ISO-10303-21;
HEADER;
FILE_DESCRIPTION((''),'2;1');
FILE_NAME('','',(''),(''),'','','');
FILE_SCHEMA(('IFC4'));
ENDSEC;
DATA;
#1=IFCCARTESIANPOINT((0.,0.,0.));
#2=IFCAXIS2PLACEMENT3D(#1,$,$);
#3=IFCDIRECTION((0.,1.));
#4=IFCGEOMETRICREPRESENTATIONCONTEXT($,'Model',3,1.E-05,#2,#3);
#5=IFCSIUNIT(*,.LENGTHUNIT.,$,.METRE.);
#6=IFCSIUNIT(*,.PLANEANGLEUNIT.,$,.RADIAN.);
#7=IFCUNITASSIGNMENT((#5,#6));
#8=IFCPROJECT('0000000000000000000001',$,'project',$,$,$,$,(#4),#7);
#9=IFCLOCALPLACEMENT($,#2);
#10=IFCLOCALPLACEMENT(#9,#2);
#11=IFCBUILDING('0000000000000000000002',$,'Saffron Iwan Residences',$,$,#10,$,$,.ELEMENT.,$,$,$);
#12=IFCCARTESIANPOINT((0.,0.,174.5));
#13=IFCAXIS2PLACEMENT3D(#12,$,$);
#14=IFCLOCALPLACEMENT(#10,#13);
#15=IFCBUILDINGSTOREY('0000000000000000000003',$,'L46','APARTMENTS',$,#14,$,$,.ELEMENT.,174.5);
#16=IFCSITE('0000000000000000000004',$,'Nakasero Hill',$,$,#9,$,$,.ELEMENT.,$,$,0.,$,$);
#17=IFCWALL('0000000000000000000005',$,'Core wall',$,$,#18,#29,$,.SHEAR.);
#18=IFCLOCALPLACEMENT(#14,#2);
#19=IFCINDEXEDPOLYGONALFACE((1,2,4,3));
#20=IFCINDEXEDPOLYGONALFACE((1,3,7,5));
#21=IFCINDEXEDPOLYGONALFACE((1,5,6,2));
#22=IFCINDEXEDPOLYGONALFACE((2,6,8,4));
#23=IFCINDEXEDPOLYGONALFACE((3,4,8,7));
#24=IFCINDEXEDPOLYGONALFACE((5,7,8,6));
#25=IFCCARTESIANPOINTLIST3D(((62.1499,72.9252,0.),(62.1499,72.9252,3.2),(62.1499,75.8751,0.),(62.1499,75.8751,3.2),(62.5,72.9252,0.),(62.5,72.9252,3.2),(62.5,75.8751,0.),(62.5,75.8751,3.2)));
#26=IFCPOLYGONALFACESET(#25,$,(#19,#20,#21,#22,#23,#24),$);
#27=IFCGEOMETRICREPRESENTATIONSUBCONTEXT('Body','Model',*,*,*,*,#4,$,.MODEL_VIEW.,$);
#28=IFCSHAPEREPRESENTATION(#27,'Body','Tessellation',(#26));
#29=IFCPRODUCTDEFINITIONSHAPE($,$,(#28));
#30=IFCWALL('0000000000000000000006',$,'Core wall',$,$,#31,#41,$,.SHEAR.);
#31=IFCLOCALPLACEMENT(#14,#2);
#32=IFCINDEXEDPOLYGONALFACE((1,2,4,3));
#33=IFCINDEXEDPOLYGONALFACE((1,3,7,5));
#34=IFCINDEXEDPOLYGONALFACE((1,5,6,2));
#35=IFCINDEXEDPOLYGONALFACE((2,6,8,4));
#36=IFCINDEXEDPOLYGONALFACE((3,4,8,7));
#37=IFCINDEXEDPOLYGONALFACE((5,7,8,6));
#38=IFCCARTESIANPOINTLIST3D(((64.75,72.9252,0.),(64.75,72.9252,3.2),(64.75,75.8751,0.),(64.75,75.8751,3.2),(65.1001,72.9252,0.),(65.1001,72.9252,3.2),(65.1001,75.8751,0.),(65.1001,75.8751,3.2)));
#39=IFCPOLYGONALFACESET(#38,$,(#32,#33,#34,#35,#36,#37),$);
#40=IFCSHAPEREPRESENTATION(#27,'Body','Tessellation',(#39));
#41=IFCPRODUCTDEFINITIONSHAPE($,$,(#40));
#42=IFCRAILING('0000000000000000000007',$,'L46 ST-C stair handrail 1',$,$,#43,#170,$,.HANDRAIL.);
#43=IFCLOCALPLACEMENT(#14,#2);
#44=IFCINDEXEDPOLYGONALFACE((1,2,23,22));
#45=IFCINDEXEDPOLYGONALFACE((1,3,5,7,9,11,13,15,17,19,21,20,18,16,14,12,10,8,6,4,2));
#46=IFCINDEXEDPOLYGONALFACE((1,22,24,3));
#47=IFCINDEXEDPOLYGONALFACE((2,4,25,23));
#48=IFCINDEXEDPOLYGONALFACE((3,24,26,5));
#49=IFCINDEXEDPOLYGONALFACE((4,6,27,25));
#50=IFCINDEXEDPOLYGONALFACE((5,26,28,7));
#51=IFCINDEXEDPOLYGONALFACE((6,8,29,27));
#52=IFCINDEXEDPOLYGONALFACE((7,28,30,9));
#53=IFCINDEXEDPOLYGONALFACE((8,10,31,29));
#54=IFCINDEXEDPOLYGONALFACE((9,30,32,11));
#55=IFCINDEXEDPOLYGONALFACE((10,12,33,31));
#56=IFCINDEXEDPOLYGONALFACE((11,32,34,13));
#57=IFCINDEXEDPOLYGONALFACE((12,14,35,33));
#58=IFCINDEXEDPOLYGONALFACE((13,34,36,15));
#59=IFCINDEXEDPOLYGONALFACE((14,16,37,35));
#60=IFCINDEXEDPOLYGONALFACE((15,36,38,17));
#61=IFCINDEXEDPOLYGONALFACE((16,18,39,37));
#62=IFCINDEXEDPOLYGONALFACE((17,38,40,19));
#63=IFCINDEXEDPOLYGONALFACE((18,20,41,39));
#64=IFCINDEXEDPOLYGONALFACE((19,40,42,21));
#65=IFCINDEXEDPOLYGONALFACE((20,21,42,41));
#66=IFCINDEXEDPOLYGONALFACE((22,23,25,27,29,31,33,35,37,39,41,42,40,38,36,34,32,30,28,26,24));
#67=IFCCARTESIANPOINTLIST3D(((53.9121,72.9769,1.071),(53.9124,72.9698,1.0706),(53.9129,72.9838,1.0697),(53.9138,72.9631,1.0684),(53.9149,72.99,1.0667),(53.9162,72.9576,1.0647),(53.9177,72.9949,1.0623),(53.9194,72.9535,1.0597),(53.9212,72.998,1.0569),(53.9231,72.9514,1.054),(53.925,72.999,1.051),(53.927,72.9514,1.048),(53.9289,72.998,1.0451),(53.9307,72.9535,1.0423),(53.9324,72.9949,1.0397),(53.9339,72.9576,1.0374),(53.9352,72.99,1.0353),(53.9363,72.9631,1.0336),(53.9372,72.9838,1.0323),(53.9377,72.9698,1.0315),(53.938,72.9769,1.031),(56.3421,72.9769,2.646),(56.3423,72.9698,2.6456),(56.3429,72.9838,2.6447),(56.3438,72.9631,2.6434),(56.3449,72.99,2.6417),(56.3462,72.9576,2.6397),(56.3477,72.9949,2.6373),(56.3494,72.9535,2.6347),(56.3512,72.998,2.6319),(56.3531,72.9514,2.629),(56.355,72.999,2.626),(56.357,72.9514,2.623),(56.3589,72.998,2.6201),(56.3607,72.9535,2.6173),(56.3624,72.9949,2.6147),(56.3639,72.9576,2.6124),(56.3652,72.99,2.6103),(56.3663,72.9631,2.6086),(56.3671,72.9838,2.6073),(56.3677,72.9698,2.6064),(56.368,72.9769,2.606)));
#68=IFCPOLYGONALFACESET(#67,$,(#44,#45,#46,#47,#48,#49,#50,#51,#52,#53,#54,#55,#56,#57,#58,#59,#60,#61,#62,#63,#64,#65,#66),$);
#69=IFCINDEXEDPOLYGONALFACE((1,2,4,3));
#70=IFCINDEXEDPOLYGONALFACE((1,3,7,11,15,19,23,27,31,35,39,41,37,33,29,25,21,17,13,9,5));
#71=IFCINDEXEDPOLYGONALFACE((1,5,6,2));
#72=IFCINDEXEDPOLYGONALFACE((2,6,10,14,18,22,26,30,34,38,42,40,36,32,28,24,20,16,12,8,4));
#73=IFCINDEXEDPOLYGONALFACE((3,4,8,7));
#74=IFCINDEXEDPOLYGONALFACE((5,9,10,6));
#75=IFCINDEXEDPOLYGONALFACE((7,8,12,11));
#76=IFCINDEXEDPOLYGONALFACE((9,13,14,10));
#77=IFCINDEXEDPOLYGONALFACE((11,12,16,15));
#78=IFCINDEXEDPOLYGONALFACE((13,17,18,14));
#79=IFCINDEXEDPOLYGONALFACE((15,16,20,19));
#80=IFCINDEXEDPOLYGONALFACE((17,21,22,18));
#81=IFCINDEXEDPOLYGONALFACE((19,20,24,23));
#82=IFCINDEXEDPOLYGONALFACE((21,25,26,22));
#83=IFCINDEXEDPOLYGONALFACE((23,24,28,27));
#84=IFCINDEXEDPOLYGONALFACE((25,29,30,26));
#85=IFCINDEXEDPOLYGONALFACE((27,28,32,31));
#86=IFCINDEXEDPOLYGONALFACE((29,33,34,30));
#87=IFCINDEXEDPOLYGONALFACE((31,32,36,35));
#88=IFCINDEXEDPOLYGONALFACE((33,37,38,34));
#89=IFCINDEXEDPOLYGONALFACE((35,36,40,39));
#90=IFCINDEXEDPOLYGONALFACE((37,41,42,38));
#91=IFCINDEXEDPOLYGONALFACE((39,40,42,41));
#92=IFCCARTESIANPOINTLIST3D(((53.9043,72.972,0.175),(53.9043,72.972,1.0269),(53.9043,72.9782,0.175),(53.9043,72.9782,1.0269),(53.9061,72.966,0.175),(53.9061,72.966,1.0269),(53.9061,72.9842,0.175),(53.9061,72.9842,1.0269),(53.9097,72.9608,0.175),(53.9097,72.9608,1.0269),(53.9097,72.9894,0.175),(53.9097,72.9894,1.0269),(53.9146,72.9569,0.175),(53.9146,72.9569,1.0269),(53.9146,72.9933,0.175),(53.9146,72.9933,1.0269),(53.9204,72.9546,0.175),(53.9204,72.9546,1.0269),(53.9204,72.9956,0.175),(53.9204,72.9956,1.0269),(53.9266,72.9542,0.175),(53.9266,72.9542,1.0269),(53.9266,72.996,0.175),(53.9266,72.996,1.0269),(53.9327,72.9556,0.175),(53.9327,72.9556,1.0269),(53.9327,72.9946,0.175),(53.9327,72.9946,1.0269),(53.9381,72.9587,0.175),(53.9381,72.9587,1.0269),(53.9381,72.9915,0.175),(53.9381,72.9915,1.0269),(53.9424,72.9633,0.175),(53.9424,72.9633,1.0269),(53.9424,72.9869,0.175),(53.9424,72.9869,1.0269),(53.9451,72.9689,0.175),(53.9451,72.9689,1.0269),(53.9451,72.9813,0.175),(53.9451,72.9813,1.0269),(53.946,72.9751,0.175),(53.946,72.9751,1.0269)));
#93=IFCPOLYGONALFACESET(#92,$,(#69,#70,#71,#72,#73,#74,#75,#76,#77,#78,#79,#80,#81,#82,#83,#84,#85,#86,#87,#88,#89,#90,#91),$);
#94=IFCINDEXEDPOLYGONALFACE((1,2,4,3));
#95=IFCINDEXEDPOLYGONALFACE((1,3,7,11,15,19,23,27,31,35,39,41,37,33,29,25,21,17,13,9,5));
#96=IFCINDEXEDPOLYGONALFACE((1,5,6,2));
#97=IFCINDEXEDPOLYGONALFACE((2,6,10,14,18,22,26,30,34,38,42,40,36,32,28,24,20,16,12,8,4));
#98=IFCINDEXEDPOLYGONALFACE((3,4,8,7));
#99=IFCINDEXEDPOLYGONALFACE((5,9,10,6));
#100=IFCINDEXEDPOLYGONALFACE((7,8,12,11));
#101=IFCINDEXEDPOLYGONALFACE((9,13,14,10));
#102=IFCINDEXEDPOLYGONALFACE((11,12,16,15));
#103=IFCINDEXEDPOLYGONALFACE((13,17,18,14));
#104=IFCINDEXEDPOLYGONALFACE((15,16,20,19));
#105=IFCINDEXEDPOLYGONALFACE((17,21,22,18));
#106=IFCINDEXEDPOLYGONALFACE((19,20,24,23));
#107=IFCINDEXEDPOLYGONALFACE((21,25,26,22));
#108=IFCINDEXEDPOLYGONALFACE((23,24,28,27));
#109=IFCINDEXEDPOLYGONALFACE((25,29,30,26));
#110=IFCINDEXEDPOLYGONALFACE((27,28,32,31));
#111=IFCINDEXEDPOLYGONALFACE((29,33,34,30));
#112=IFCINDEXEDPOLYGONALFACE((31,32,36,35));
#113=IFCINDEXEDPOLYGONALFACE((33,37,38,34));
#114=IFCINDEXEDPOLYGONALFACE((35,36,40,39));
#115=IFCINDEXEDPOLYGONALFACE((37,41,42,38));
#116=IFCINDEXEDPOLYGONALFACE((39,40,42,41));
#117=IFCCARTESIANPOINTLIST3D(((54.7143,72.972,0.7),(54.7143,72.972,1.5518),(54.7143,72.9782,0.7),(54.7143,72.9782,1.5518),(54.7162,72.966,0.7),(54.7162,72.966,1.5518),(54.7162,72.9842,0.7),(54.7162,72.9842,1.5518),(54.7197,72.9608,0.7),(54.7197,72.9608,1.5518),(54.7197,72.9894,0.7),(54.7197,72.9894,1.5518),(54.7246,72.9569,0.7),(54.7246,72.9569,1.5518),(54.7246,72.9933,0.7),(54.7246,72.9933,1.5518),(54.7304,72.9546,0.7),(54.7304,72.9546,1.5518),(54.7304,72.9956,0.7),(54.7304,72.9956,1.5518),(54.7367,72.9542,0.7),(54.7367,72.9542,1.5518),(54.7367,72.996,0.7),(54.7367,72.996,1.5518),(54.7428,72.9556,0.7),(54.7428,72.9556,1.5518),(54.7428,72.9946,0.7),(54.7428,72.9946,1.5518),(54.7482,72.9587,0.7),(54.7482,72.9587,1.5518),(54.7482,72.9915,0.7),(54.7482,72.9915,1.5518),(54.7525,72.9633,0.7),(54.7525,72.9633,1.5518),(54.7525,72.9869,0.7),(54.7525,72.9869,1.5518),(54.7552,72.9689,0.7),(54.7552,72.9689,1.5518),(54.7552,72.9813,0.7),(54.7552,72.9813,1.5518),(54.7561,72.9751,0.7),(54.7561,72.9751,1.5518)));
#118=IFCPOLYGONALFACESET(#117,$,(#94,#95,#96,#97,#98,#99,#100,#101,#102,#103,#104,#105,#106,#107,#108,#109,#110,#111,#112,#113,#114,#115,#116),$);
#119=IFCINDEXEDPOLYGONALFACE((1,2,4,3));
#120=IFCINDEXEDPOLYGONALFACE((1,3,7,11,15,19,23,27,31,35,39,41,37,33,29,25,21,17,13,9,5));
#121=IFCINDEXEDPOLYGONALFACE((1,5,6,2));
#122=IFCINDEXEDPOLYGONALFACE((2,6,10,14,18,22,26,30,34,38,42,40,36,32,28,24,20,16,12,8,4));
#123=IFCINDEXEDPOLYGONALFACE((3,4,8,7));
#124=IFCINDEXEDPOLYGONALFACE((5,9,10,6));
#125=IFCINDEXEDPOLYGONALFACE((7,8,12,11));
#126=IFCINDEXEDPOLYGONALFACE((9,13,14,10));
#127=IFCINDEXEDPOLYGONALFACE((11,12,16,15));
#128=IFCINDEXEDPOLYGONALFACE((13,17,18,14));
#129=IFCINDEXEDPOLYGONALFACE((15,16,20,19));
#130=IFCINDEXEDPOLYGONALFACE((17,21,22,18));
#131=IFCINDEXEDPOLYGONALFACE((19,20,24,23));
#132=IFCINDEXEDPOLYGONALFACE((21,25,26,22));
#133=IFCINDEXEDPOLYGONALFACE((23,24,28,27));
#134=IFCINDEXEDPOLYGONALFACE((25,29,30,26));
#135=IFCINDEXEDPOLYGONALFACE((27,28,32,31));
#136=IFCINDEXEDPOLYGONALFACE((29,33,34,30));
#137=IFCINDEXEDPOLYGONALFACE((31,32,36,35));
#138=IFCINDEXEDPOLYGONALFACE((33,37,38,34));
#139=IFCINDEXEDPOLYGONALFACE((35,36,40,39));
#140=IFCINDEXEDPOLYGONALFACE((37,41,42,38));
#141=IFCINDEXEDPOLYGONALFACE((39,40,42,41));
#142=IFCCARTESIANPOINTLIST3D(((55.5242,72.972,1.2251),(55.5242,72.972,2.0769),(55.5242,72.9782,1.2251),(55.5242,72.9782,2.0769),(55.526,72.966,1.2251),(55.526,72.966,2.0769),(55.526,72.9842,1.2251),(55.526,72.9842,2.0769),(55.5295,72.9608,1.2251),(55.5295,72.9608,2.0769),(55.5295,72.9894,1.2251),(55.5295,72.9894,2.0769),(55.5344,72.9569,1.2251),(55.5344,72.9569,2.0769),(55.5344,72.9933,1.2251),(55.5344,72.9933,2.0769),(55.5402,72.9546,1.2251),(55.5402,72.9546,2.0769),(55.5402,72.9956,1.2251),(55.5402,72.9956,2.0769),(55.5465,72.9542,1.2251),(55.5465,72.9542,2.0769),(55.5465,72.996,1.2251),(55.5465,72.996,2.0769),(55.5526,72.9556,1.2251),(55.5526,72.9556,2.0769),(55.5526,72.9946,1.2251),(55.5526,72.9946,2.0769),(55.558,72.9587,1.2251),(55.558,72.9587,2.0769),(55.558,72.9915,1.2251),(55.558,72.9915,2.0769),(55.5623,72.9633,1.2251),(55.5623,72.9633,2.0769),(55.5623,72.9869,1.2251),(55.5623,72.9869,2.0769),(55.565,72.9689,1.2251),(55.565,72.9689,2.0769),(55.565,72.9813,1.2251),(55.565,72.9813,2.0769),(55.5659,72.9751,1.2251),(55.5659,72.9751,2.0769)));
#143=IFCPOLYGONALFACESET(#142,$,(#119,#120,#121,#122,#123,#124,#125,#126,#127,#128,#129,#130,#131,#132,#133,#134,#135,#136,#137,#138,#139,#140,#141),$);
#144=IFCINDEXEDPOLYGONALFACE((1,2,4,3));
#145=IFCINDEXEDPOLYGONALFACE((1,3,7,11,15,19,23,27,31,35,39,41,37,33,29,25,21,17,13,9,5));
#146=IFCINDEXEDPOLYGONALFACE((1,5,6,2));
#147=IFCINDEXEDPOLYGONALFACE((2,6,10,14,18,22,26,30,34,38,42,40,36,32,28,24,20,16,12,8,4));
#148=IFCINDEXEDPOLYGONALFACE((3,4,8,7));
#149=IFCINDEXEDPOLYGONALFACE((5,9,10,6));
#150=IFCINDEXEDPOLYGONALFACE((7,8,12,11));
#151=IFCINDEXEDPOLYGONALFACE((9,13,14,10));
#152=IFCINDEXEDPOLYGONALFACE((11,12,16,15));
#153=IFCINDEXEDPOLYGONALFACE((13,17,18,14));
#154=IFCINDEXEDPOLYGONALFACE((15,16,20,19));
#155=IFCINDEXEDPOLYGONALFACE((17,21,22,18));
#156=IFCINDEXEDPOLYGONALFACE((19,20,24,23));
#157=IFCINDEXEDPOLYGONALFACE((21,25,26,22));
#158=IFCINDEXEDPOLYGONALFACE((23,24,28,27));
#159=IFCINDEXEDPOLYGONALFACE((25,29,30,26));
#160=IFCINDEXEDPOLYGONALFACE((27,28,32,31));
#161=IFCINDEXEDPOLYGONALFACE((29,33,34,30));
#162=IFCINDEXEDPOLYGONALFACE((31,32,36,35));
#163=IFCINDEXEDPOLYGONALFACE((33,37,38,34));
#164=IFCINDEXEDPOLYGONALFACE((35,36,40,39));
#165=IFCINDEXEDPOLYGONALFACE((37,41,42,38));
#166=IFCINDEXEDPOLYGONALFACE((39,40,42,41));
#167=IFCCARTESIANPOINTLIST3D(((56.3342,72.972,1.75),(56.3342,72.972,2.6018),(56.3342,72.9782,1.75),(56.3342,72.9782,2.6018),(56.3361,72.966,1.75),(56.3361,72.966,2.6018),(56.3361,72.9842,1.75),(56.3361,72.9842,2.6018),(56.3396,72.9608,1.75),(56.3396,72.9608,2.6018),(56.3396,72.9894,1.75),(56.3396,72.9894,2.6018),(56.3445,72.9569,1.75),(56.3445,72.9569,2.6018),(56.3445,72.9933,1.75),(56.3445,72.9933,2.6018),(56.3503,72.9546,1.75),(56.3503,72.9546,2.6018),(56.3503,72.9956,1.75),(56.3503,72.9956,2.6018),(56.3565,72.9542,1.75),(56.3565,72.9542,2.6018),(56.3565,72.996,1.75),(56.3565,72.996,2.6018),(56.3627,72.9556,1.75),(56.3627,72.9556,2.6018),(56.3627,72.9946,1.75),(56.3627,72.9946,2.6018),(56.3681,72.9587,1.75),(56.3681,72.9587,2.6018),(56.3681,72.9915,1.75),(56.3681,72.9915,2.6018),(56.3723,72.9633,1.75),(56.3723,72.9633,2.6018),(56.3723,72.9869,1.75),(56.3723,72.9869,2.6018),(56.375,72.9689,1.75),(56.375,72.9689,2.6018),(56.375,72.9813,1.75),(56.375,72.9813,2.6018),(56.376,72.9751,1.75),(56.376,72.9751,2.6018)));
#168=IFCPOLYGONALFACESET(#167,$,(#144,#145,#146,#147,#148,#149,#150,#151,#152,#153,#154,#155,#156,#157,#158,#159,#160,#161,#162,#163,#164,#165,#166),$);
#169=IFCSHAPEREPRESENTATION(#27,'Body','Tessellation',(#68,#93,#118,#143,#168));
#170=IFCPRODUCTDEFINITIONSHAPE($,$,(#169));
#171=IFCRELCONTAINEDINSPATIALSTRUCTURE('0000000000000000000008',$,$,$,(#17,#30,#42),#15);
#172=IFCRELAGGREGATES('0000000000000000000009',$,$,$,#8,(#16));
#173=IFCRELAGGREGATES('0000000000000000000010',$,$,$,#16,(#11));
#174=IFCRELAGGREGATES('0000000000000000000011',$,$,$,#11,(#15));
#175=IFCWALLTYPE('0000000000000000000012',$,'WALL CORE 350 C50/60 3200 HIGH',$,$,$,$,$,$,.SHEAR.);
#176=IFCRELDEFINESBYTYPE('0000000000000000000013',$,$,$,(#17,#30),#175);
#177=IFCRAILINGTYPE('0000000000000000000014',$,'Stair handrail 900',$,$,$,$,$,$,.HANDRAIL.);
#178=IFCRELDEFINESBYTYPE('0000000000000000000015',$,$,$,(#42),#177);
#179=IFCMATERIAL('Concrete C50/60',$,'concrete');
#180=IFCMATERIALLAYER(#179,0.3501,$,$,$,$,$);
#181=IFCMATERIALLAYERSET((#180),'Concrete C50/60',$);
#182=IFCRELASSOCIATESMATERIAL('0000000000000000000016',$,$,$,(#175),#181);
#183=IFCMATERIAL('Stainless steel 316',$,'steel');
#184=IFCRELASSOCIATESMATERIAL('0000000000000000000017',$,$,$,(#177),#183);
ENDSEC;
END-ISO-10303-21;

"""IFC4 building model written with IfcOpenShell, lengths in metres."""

from ifc_helpers import new_model, si_unit, direction, frame, frame_2d, origin, origin_2d, place, context, subcontext, project, spatial, rectangle, circle, extrude, material, layer, layer_set, type_object, element, save


model = new_model("IFC4")

# Units and contexts
model_context = context("Model", 3, precision=1e-05, world=origin(), true_north=direction((0.0, 1.0)))
body_context = subcontext(model_context, "Body", "Model", "MODEL_VIEW")
ifc_project = project(units=[si_unit("LENGTHUNIT", "METRE"), si_unit("PLANEANGLEUNIT", "RADIAN")], contexts=[model_context])

# Site, building, storey
site_placement = place(None, origin())
site = spatial("IfcSite", under=ifc_project, at=site_placement, Name="Nakasero Hill", CompositionType="ELEMENT", RefElevation=0.0)
building_placement = place(site_placement, origin())
building = spatial("IfcBuilding", under=site, at=building_placement, Name="Saffron Iwan Residences", CompositionType="ELEMENT")
storey_placement = place(building_placement, frame((0.0, 0.0, 174.5)))
storey = spatial("IfcBuildingStorey", under=building, at=storey_placement, Name="L46", Description="APARTMENTS", CompositionType="ELEMENT", Elevation=174.5)

# Shared definitions
ifc_material_1 = material(Name="Concrete C50/60", Category="concrete")

# Shared definitions
ifc_layer_1 = layer(ifc_material_1, 0.3501)
ifc_layer_set_1 = layer_set([ifc_layer_1], Name="Concrete C50/60")
wall_type_1 = type_object("IfcWallType", Name="WALL CORE 350 C50/60 3200 HIGH", PredefinedType="SHEAR", material=ifc_layer_set_1)

# Walls
for number, where, z_axis, x_axis, name in (
    (1, (62.325, 72.925, 0.0), (0.0, 0.0, 1.0), (0.0, 1.0, 0.0), "Core wall"),
    (2, (64.925, 72.925, 0.0), (0.0, 0.0, 1.0), (0.0, 1.0, 0.0), "Core wall"),
):
    element("IfcWall", number, at=place(storey_placement, frame(where, z_axis=z_axis, x_axis=x_axis)), inside=storey, type_object=wall_type_1, Name=name, PredefinedType="SHEAR", context=body_context, shape_type="SweptSolid", body=[
        extrude(rectangle(XDim=2.95, YDim=0.3501, at=frame_2d((1.4751, 0.0))), origin(), (0.0, 0.0, 1.0), 3.2),
    ])

# Railing
ifc_material_2 = material(Name="Stainless steel 316", Category="steel")
railing_type = type_object("IfcRailingType", Name="Stair handrail 900", PredefinedType="HANDRAIL", material=ifc_material_2)
railing_placement = place(storey_placement, frame((53.925, 72.9751, 0.175)))
element("IfcRailing", 3, at=railing_placement, inside=storey, type_object=railing_type, Name="L46 ST-C stair handrail 1", PredefinedType="HANDRAIL", context=body_context, shape_type="SweptSolid", body=[
    extrude(circle(Radius=0.0239, at=origin_2d()), frame((0.0, 0.0, 0.876), z_axis=(0.839154, 0.0, 0.543894), x_axis=(0.0, 1.0, 0.0)), (0.0, 0.0, 1.0), 2.8958),
    extrude(circle(Radius=0.021, at=origin_2d()), origin(), (0.0, 0.0, 1.0), 0.8518),
    extrude(circle(Radius=0.021, at=origin_2d()), frame((0.8101, 0.0, 0.5249)), (0.0, 0.0, 1.0), 0.8518),
    extrude(circle(Radius=0.021, at=origin_2d()), frame((1.6199, 0.0, 1.05)), (0.0, 0.0, 1.0), 0.8518),
    extrude(circle(Radius=0.021, at=origin_2d()), frame((2.4299, 0.0, 1.575)), (0.0, 0.0, 1.0), 0.8518),
])

save(model, "model.ifc")
